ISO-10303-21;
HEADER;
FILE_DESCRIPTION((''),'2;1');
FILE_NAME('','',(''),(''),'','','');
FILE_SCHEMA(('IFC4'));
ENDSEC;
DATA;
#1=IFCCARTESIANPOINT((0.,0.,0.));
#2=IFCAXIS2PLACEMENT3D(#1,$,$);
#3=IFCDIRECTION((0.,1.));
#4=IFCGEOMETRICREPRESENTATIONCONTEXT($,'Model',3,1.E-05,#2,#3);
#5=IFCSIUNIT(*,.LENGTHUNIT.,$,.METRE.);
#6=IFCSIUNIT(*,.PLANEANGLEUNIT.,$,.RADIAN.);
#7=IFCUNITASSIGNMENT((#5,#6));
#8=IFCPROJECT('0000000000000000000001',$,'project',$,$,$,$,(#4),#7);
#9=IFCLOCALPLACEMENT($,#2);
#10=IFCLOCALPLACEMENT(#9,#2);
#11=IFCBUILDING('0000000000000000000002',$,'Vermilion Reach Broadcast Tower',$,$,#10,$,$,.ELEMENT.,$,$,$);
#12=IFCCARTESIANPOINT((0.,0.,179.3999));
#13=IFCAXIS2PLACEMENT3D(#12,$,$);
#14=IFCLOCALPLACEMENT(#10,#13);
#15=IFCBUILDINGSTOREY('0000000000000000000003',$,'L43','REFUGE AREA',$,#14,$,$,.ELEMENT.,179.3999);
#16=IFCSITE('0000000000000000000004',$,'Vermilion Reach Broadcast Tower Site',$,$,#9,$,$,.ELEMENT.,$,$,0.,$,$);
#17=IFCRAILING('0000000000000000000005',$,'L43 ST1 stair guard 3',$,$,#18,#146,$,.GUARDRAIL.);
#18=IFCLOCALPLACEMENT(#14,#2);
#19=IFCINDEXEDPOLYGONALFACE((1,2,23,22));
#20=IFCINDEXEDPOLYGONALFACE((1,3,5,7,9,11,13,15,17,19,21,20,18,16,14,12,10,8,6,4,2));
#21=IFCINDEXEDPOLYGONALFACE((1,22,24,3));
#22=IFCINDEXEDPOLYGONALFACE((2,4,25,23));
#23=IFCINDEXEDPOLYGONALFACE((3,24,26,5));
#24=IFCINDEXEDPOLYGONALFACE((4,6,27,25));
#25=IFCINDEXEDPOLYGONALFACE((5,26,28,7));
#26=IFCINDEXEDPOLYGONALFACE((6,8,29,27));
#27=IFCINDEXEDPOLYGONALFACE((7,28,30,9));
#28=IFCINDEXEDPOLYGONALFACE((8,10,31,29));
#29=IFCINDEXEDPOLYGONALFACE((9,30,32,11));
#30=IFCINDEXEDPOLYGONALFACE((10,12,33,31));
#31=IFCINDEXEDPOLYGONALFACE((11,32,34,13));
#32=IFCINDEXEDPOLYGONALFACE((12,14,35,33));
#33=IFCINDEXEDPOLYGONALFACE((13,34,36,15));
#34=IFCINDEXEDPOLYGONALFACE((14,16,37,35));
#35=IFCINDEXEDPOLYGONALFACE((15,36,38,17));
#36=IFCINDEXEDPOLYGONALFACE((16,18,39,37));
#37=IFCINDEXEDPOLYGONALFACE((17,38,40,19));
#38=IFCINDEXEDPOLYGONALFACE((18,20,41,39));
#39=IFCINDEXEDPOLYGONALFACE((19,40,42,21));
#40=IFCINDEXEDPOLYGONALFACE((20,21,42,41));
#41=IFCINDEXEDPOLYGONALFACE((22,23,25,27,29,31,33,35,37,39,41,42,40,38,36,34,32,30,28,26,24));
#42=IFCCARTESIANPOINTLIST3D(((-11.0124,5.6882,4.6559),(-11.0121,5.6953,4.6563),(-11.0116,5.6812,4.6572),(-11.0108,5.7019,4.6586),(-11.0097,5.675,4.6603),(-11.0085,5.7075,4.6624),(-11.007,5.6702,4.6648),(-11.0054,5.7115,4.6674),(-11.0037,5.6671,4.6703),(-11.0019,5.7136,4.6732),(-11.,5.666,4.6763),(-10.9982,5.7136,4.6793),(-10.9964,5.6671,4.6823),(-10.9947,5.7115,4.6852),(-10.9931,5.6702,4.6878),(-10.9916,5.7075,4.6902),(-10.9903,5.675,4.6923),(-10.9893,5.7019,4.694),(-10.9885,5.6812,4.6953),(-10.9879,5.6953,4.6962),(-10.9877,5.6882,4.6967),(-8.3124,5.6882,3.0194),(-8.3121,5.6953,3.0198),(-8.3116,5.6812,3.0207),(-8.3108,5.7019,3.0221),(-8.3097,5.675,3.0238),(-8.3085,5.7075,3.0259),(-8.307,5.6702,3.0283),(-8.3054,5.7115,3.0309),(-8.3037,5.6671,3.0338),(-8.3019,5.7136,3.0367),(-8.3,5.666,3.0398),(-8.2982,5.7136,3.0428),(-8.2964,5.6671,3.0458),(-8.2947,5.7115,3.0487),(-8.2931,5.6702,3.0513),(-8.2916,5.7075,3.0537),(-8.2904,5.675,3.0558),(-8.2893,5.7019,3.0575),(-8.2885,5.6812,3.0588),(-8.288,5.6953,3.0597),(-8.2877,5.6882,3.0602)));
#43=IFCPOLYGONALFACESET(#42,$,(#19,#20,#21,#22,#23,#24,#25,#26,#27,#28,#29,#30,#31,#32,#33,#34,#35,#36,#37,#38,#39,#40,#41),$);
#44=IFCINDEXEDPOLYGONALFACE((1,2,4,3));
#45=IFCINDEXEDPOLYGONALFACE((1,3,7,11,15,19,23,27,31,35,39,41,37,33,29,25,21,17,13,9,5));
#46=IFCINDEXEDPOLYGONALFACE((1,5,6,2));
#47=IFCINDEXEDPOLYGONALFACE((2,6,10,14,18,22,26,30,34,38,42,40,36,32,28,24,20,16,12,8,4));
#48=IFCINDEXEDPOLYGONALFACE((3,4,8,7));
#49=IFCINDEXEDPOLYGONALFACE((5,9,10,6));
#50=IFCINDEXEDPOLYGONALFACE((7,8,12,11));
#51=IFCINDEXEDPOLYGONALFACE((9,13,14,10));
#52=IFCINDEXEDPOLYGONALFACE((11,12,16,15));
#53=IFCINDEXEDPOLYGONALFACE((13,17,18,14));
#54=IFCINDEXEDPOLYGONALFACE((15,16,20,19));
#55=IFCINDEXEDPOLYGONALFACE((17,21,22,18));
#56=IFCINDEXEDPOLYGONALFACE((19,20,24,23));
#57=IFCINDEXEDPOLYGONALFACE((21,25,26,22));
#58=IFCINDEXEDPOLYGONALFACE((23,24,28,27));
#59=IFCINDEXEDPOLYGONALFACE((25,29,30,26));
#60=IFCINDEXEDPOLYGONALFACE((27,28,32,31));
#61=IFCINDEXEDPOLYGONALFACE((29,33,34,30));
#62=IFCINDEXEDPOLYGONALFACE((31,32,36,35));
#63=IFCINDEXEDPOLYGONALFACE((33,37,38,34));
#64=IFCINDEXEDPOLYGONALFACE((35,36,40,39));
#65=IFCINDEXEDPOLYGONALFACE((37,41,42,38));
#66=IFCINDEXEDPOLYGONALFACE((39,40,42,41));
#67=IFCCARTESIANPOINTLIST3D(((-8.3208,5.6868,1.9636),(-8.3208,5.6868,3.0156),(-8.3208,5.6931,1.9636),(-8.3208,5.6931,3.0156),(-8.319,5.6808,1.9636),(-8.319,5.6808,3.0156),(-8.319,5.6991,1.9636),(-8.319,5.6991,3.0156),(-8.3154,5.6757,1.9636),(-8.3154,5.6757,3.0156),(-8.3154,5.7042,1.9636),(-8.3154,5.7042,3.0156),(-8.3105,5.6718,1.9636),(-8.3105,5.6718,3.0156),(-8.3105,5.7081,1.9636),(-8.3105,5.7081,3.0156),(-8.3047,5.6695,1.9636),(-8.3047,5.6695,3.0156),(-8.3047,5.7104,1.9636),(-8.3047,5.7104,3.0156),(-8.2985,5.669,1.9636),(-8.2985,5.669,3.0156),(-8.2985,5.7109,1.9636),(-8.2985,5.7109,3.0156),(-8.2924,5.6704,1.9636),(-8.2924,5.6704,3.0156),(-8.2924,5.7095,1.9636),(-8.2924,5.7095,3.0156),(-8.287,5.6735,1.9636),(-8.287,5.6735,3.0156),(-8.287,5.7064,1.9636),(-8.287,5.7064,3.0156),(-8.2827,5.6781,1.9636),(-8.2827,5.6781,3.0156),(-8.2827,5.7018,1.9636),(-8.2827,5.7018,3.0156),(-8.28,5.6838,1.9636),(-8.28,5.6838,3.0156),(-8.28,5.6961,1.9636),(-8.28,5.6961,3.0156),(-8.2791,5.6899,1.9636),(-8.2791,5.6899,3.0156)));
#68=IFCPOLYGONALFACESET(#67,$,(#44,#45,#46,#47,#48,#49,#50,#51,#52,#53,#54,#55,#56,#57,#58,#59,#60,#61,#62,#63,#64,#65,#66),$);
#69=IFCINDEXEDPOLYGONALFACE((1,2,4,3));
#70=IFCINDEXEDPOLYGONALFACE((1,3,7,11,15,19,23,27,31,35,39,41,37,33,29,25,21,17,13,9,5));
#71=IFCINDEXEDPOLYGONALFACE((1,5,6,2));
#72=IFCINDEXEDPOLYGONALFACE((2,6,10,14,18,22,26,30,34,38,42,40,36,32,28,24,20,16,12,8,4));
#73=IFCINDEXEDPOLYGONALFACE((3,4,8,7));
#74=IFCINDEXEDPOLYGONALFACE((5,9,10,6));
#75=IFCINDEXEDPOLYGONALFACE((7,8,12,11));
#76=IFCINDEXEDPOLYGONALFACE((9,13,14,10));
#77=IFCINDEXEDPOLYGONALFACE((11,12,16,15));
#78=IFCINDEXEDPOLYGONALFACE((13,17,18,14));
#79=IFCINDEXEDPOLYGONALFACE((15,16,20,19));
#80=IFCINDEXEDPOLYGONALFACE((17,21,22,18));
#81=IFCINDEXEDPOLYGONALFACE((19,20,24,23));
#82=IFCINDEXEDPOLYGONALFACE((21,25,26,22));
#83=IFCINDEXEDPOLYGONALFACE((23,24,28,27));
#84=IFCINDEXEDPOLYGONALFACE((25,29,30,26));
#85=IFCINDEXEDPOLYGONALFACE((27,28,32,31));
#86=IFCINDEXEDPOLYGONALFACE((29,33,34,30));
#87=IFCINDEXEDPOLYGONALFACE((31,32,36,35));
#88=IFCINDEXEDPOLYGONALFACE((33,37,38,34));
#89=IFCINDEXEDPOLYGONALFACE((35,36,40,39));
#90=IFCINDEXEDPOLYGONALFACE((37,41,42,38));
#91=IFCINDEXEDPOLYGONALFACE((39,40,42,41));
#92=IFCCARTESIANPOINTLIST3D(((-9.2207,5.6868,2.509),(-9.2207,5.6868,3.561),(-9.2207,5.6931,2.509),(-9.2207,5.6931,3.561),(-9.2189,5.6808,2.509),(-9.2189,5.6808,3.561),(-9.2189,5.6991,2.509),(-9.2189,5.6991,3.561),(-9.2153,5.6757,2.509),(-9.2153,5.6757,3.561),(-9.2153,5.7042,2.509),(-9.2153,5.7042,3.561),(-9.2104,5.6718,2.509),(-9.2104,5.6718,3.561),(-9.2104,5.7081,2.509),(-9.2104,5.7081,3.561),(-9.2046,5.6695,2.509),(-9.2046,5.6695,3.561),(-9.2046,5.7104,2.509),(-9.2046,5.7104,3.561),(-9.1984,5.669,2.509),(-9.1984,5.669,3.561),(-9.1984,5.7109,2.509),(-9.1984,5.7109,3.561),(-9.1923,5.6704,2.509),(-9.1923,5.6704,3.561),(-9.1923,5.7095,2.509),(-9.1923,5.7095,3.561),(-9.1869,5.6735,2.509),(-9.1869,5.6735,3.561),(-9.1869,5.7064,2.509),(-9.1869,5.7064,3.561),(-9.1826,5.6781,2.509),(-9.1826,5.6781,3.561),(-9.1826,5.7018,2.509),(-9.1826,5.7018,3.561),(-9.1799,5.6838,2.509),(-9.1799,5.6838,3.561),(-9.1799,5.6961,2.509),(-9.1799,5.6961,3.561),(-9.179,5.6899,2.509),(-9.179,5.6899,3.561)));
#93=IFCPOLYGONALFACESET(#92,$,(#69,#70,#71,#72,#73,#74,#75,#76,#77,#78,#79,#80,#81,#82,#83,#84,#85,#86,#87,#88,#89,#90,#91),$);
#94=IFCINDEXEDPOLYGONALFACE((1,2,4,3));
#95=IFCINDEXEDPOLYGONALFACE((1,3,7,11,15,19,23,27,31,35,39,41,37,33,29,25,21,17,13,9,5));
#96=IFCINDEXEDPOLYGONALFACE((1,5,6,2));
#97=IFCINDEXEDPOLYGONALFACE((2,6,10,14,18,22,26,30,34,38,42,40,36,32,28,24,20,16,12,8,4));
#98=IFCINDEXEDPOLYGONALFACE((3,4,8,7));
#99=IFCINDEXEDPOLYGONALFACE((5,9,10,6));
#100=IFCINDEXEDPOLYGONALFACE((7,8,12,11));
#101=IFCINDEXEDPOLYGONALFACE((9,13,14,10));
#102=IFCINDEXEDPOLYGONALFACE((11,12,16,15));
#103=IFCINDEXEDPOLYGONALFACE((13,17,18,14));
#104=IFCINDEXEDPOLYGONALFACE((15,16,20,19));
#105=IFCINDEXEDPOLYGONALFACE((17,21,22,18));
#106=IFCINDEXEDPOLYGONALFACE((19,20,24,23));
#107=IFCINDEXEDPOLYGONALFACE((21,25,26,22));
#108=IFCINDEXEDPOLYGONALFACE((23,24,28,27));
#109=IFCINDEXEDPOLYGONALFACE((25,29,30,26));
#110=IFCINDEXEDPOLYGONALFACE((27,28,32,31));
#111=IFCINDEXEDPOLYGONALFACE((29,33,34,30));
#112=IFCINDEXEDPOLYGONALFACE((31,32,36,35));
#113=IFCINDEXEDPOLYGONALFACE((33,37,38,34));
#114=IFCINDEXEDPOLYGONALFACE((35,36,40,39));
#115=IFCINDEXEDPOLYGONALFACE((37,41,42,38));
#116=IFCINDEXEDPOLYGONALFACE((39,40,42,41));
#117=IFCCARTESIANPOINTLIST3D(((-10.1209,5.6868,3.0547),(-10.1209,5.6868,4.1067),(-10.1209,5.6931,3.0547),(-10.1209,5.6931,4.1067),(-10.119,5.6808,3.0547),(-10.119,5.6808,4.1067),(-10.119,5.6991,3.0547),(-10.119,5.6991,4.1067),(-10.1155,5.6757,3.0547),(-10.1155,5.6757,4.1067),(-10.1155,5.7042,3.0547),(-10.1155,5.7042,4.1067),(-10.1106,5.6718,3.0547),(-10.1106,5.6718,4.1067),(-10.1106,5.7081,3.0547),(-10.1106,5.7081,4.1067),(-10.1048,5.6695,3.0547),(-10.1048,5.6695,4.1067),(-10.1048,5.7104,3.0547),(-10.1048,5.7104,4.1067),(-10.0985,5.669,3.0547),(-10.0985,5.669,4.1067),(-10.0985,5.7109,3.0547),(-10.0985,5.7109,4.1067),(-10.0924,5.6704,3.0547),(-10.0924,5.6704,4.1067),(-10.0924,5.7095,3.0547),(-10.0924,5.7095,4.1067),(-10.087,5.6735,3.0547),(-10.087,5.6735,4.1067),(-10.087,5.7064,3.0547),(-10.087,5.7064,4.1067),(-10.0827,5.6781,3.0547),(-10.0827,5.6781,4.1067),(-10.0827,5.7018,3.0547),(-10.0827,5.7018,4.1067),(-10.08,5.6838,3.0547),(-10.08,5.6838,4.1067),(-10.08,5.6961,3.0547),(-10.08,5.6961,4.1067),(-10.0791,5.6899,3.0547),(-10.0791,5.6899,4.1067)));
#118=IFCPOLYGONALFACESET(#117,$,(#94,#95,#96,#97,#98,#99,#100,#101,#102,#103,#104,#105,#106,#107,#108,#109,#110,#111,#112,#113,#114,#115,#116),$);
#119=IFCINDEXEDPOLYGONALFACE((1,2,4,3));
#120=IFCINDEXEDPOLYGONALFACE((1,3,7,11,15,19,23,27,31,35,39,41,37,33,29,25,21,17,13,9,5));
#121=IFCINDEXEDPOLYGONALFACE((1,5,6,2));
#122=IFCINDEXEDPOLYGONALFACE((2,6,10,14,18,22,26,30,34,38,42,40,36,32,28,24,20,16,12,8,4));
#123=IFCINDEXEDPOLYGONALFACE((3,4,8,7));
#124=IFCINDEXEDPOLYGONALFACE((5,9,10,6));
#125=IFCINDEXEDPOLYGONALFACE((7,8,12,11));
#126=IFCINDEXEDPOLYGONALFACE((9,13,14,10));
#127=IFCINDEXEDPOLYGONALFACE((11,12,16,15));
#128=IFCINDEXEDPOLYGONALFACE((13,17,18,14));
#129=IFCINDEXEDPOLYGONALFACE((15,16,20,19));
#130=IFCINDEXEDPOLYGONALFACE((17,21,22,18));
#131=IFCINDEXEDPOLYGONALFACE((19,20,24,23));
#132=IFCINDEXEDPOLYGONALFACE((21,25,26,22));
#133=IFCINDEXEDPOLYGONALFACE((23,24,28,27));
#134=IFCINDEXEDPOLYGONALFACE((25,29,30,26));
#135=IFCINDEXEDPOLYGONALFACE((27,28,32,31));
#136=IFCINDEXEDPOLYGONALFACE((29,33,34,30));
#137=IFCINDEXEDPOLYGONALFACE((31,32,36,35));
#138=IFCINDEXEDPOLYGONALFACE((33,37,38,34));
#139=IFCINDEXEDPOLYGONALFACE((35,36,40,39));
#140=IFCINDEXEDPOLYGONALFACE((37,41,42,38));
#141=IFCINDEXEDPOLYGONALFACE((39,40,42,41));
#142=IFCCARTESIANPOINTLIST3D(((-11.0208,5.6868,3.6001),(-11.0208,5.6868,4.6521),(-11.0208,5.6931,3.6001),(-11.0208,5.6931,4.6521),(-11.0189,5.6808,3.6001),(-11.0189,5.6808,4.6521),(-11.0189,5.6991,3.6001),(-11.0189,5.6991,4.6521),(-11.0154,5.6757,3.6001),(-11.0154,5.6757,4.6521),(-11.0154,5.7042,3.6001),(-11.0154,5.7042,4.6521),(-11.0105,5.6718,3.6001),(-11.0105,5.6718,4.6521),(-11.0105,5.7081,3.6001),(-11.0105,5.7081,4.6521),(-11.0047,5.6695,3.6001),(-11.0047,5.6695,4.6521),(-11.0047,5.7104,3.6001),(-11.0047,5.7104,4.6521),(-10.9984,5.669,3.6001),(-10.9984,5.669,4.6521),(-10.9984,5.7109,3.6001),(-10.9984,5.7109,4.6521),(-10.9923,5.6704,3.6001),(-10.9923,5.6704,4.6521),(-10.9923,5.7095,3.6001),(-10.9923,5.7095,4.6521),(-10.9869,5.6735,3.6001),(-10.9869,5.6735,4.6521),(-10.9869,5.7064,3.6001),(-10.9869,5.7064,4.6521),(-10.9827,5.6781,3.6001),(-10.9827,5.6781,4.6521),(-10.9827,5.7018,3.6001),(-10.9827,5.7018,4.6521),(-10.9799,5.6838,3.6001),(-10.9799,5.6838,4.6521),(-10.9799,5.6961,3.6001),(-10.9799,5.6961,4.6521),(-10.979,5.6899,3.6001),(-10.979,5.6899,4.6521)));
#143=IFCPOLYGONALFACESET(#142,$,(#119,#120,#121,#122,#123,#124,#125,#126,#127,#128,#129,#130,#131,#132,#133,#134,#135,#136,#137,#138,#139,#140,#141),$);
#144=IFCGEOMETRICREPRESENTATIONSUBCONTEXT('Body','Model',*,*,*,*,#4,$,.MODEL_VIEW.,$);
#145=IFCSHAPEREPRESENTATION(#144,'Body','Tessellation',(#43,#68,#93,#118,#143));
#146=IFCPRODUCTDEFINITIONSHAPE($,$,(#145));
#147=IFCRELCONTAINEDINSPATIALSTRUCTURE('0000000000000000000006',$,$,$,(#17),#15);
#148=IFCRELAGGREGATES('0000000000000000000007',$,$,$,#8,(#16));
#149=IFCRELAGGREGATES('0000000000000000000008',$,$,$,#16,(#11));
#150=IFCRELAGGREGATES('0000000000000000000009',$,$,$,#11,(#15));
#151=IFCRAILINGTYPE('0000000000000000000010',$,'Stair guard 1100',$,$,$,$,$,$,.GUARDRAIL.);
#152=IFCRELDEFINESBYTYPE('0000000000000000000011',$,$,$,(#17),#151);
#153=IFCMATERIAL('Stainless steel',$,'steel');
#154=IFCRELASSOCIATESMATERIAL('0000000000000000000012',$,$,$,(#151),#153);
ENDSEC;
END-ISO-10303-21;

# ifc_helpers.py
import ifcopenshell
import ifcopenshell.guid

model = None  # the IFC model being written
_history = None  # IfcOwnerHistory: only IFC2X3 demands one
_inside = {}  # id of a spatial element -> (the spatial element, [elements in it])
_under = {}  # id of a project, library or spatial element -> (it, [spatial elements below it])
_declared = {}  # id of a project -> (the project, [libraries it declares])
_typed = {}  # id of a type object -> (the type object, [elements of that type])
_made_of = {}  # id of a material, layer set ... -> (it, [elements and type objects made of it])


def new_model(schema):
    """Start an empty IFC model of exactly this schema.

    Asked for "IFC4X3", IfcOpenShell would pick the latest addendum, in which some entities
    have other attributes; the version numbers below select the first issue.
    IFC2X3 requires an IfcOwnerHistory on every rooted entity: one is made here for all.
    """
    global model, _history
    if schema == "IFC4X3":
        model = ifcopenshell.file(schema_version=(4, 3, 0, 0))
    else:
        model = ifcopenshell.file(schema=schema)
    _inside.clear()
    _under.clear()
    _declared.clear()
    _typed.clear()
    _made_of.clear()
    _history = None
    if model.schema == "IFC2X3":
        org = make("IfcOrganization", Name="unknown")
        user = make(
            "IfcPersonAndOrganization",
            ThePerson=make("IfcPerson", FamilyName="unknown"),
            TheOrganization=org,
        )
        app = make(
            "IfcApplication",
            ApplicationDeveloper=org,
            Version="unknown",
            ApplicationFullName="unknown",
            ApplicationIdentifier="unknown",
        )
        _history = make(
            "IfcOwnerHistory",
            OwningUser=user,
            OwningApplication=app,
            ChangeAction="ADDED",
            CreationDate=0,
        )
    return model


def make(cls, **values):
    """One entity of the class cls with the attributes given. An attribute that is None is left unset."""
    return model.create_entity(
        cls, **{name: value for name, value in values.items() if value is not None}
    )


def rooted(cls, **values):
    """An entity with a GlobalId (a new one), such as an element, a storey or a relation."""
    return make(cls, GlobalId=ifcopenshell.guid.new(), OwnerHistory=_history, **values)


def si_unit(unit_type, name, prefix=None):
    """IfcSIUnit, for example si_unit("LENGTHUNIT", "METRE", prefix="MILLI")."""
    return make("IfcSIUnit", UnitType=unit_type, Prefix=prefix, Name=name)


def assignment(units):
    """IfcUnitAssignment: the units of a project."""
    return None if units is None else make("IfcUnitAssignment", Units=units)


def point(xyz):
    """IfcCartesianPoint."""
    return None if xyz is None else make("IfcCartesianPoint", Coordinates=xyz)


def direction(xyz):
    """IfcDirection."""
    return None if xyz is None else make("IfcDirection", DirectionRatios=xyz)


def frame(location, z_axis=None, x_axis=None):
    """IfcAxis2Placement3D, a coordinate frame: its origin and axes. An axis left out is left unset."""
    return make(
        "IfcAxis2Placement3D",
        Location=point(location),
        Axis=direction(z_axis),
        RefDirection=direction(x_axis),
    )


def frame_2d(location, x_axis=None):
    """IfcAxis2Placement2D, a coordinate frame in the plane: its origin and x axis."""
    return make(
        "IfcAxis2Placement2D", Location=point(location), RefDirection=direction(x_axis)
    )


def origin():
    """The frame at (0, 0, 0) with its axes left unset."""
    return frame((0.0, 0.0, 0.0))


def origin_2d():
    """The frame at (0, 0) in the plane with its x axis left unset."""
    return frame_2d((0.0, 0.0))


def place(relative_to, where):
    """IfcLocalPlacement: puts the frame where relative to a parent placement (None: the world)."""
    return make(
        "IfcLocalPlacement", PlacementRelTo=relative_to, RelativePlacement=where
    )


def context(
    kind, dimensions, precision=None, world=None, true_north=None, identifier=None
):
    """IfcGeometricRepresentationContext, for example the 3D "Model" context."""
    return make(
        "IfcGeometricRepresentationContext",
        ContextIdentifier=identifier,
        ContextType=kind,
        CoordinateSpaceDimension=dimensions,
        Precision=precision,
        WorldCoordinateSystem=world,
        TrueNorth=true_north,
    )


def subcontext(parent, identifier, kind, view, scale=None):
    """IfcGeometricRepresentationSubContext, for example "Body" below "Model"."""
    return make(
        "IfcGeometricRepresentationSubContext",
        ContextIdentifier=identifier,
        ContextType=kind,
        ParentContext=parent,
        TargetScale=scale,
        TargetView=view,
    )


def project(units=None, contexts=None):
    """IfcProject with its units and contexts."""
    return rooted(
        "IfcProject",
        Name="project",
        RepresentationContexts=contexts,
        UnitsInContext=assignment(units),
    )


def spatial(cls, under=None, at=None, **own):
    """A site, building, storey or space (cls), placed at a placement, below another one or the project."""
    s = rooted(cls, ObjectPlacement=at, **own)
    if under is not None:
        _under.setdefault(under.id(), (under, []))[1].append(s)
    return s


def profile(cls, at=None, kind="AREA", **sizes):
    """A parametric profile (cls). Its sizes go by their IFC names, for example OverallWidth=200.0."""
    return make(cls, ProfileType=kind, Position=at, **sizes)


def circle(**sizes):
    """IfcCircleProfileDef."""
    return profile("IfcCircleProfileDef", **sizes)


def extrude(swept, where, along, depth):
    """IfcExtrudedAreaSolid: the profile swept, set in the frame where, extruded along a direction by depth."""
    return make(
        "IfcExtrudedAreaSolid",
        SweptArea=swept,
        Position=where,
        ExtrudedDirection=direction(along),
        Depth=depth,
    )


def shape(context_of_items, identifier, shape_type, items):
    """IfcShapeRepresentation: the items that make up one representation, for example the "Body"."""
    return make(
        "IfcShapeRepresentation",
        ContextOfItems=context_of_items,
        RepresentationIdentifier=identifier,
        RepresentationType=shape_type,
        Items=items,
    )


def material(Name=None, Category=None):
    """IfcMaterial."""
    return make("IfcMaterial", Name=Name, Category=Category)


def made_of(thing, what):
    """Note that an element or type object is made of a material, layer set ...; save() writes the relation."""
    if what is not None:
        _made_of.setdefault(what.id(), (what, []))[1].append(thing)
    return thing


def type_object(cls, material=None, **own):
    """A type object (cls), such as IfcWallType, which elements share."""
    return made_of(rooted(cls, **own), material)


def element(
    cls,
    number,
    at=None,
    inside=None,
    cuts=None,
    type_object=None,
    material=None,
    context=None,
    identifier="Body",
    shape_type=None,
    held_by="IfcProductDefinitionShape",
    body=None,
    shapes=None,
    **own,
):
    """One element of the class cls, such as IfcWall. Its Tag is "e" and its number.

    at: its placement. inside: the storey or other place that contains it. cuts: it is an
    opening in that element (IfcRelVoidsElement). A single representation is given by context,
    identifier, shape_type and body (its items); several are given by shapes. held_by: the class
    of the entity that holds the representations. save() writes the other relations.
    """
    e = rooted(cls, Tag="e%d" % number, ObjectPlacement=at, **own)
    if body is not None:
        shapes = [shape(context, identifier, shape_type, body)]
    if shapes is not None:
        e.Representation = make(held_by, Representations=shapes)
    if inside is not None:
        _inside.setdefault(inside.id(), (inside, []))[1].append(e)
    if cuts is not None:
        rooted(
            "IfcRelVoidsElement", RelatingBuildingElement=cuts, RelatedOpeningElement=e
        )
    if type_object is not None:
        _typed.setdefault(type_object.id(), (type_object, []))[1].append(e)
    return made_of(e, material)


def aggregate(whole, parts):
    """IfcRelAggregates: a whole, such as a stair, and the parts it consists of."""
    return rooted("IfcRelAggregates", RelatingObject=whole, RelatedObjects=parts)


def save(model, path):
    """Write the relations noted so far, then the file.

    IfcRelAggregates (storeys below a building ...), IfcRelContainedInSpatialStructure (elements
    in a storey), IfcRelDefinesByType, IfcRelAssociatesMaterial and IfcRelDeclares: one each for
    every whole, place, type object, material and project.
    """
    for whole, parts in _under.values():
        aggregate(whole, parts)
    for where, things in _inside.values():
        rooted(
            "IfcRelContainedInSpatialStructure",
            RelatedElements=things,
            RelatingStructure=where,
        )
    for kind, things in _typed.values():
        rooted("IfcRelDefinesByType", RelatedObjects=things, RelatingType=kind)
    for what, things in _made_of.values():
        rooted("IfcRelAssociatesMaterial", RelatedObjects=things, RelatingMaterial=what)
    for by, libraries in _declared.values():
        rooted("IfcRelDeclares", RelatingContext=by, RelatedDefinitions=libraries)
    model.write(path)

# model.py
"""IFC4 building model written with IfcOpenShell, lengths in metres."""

from ifc_helpers import new_model, si_unit, direction, frame, origin, origin_2d, place, context, subcontext, project, spatial, circle, extrude, material, type_object, element, save


model = new_model("IFC4")

# Units and contexts
model_context = context("Model", 3, precision=1e-05, world=origin(), true_north=direction((0.0, 1.0)))
body_context = subcontext(model_context, "Body", "Model", "MODEL_VIEW")
ifc_project = project(units=[si_unit("LENGTHUNIT", "METRE"), si_unit("PLANEANGLEUNIT", "RADIAN")], contexts=[model_context])

# Site, building, storey
site_placement = place(None, origin())
site = spatial("IfcSite", under=ifc_project, at=site_placement, Name="Vermilion Reach Broadcast Tower Site", CompositionType="ELEMENT", RefElevation=0.0)
building_placement = place(site_placement, origin())
building = spatial("IfcBuilding", under=site, at=building_placement, Name="Vermilion Reach Broadcast Tower", CompositionType="ELEMENT")
storey_placement = place(building_placement, frame((0.0, 0.0, 179.3999)))
storey = spatial("IfcBuildingStorey", under=building, at=storey_placement, Name="L43", Description="REFUGE AREA", CompositionType="ELEMENT", Elevation=179.3999)

# Railing
ifc_material_1 = material(Name="Stainless steel", Category="steel")
railing_type_1 = type_object("IfcRailingType", Name="Stair guard 1100", PredefinedType="GUARDRAIL", material=ifc_material_1)
railing_1_placement = place(storey_placement, frame((-8.3, 5.6899, 1.9636)))
element("IfcRailing", 1, at=railing_1_placement, inside=storey, type_object=railing_type_1, Name="L43 ST1 stair guard 3", PredefinedType="GUARDRAIL", context=body_context, shape_type="SweptSolid", body=[
    extrude(circle(Radius=0.0239, at=origin_2d()), frame((0.0, 0.0, 1.0762), z_axis=(-0.855178, 0.0, 0.518334), x_axis=(0.0, -1.0, 0.0)), (0.0, 0.0, 1.0), 3.1572),
    extrude(circle(Radius=0.021, at=origin_2d()), origin(), (0.0, 0.0, 1.0), 1.052),
    extrude(circle(Radius=0.021, at=origin_2d()), frame((-0.8999, 0.0, 0.5454)), (0.0, 0.0, 1.0), 1.052),
    extrude(circle(Radius=0.021, at=origin_2d()), frame((-1.8, 0.0, 1.0911)), (0.0, 0.0, 1.0), 1.052),
    extrude(circle(Radius=0.021, at=origin_2d()), frame((-2.7, 0.0, 1.6365)), (0.0, 0.0, 1.0), 1.052),
])

save(model, "model.ifc")
